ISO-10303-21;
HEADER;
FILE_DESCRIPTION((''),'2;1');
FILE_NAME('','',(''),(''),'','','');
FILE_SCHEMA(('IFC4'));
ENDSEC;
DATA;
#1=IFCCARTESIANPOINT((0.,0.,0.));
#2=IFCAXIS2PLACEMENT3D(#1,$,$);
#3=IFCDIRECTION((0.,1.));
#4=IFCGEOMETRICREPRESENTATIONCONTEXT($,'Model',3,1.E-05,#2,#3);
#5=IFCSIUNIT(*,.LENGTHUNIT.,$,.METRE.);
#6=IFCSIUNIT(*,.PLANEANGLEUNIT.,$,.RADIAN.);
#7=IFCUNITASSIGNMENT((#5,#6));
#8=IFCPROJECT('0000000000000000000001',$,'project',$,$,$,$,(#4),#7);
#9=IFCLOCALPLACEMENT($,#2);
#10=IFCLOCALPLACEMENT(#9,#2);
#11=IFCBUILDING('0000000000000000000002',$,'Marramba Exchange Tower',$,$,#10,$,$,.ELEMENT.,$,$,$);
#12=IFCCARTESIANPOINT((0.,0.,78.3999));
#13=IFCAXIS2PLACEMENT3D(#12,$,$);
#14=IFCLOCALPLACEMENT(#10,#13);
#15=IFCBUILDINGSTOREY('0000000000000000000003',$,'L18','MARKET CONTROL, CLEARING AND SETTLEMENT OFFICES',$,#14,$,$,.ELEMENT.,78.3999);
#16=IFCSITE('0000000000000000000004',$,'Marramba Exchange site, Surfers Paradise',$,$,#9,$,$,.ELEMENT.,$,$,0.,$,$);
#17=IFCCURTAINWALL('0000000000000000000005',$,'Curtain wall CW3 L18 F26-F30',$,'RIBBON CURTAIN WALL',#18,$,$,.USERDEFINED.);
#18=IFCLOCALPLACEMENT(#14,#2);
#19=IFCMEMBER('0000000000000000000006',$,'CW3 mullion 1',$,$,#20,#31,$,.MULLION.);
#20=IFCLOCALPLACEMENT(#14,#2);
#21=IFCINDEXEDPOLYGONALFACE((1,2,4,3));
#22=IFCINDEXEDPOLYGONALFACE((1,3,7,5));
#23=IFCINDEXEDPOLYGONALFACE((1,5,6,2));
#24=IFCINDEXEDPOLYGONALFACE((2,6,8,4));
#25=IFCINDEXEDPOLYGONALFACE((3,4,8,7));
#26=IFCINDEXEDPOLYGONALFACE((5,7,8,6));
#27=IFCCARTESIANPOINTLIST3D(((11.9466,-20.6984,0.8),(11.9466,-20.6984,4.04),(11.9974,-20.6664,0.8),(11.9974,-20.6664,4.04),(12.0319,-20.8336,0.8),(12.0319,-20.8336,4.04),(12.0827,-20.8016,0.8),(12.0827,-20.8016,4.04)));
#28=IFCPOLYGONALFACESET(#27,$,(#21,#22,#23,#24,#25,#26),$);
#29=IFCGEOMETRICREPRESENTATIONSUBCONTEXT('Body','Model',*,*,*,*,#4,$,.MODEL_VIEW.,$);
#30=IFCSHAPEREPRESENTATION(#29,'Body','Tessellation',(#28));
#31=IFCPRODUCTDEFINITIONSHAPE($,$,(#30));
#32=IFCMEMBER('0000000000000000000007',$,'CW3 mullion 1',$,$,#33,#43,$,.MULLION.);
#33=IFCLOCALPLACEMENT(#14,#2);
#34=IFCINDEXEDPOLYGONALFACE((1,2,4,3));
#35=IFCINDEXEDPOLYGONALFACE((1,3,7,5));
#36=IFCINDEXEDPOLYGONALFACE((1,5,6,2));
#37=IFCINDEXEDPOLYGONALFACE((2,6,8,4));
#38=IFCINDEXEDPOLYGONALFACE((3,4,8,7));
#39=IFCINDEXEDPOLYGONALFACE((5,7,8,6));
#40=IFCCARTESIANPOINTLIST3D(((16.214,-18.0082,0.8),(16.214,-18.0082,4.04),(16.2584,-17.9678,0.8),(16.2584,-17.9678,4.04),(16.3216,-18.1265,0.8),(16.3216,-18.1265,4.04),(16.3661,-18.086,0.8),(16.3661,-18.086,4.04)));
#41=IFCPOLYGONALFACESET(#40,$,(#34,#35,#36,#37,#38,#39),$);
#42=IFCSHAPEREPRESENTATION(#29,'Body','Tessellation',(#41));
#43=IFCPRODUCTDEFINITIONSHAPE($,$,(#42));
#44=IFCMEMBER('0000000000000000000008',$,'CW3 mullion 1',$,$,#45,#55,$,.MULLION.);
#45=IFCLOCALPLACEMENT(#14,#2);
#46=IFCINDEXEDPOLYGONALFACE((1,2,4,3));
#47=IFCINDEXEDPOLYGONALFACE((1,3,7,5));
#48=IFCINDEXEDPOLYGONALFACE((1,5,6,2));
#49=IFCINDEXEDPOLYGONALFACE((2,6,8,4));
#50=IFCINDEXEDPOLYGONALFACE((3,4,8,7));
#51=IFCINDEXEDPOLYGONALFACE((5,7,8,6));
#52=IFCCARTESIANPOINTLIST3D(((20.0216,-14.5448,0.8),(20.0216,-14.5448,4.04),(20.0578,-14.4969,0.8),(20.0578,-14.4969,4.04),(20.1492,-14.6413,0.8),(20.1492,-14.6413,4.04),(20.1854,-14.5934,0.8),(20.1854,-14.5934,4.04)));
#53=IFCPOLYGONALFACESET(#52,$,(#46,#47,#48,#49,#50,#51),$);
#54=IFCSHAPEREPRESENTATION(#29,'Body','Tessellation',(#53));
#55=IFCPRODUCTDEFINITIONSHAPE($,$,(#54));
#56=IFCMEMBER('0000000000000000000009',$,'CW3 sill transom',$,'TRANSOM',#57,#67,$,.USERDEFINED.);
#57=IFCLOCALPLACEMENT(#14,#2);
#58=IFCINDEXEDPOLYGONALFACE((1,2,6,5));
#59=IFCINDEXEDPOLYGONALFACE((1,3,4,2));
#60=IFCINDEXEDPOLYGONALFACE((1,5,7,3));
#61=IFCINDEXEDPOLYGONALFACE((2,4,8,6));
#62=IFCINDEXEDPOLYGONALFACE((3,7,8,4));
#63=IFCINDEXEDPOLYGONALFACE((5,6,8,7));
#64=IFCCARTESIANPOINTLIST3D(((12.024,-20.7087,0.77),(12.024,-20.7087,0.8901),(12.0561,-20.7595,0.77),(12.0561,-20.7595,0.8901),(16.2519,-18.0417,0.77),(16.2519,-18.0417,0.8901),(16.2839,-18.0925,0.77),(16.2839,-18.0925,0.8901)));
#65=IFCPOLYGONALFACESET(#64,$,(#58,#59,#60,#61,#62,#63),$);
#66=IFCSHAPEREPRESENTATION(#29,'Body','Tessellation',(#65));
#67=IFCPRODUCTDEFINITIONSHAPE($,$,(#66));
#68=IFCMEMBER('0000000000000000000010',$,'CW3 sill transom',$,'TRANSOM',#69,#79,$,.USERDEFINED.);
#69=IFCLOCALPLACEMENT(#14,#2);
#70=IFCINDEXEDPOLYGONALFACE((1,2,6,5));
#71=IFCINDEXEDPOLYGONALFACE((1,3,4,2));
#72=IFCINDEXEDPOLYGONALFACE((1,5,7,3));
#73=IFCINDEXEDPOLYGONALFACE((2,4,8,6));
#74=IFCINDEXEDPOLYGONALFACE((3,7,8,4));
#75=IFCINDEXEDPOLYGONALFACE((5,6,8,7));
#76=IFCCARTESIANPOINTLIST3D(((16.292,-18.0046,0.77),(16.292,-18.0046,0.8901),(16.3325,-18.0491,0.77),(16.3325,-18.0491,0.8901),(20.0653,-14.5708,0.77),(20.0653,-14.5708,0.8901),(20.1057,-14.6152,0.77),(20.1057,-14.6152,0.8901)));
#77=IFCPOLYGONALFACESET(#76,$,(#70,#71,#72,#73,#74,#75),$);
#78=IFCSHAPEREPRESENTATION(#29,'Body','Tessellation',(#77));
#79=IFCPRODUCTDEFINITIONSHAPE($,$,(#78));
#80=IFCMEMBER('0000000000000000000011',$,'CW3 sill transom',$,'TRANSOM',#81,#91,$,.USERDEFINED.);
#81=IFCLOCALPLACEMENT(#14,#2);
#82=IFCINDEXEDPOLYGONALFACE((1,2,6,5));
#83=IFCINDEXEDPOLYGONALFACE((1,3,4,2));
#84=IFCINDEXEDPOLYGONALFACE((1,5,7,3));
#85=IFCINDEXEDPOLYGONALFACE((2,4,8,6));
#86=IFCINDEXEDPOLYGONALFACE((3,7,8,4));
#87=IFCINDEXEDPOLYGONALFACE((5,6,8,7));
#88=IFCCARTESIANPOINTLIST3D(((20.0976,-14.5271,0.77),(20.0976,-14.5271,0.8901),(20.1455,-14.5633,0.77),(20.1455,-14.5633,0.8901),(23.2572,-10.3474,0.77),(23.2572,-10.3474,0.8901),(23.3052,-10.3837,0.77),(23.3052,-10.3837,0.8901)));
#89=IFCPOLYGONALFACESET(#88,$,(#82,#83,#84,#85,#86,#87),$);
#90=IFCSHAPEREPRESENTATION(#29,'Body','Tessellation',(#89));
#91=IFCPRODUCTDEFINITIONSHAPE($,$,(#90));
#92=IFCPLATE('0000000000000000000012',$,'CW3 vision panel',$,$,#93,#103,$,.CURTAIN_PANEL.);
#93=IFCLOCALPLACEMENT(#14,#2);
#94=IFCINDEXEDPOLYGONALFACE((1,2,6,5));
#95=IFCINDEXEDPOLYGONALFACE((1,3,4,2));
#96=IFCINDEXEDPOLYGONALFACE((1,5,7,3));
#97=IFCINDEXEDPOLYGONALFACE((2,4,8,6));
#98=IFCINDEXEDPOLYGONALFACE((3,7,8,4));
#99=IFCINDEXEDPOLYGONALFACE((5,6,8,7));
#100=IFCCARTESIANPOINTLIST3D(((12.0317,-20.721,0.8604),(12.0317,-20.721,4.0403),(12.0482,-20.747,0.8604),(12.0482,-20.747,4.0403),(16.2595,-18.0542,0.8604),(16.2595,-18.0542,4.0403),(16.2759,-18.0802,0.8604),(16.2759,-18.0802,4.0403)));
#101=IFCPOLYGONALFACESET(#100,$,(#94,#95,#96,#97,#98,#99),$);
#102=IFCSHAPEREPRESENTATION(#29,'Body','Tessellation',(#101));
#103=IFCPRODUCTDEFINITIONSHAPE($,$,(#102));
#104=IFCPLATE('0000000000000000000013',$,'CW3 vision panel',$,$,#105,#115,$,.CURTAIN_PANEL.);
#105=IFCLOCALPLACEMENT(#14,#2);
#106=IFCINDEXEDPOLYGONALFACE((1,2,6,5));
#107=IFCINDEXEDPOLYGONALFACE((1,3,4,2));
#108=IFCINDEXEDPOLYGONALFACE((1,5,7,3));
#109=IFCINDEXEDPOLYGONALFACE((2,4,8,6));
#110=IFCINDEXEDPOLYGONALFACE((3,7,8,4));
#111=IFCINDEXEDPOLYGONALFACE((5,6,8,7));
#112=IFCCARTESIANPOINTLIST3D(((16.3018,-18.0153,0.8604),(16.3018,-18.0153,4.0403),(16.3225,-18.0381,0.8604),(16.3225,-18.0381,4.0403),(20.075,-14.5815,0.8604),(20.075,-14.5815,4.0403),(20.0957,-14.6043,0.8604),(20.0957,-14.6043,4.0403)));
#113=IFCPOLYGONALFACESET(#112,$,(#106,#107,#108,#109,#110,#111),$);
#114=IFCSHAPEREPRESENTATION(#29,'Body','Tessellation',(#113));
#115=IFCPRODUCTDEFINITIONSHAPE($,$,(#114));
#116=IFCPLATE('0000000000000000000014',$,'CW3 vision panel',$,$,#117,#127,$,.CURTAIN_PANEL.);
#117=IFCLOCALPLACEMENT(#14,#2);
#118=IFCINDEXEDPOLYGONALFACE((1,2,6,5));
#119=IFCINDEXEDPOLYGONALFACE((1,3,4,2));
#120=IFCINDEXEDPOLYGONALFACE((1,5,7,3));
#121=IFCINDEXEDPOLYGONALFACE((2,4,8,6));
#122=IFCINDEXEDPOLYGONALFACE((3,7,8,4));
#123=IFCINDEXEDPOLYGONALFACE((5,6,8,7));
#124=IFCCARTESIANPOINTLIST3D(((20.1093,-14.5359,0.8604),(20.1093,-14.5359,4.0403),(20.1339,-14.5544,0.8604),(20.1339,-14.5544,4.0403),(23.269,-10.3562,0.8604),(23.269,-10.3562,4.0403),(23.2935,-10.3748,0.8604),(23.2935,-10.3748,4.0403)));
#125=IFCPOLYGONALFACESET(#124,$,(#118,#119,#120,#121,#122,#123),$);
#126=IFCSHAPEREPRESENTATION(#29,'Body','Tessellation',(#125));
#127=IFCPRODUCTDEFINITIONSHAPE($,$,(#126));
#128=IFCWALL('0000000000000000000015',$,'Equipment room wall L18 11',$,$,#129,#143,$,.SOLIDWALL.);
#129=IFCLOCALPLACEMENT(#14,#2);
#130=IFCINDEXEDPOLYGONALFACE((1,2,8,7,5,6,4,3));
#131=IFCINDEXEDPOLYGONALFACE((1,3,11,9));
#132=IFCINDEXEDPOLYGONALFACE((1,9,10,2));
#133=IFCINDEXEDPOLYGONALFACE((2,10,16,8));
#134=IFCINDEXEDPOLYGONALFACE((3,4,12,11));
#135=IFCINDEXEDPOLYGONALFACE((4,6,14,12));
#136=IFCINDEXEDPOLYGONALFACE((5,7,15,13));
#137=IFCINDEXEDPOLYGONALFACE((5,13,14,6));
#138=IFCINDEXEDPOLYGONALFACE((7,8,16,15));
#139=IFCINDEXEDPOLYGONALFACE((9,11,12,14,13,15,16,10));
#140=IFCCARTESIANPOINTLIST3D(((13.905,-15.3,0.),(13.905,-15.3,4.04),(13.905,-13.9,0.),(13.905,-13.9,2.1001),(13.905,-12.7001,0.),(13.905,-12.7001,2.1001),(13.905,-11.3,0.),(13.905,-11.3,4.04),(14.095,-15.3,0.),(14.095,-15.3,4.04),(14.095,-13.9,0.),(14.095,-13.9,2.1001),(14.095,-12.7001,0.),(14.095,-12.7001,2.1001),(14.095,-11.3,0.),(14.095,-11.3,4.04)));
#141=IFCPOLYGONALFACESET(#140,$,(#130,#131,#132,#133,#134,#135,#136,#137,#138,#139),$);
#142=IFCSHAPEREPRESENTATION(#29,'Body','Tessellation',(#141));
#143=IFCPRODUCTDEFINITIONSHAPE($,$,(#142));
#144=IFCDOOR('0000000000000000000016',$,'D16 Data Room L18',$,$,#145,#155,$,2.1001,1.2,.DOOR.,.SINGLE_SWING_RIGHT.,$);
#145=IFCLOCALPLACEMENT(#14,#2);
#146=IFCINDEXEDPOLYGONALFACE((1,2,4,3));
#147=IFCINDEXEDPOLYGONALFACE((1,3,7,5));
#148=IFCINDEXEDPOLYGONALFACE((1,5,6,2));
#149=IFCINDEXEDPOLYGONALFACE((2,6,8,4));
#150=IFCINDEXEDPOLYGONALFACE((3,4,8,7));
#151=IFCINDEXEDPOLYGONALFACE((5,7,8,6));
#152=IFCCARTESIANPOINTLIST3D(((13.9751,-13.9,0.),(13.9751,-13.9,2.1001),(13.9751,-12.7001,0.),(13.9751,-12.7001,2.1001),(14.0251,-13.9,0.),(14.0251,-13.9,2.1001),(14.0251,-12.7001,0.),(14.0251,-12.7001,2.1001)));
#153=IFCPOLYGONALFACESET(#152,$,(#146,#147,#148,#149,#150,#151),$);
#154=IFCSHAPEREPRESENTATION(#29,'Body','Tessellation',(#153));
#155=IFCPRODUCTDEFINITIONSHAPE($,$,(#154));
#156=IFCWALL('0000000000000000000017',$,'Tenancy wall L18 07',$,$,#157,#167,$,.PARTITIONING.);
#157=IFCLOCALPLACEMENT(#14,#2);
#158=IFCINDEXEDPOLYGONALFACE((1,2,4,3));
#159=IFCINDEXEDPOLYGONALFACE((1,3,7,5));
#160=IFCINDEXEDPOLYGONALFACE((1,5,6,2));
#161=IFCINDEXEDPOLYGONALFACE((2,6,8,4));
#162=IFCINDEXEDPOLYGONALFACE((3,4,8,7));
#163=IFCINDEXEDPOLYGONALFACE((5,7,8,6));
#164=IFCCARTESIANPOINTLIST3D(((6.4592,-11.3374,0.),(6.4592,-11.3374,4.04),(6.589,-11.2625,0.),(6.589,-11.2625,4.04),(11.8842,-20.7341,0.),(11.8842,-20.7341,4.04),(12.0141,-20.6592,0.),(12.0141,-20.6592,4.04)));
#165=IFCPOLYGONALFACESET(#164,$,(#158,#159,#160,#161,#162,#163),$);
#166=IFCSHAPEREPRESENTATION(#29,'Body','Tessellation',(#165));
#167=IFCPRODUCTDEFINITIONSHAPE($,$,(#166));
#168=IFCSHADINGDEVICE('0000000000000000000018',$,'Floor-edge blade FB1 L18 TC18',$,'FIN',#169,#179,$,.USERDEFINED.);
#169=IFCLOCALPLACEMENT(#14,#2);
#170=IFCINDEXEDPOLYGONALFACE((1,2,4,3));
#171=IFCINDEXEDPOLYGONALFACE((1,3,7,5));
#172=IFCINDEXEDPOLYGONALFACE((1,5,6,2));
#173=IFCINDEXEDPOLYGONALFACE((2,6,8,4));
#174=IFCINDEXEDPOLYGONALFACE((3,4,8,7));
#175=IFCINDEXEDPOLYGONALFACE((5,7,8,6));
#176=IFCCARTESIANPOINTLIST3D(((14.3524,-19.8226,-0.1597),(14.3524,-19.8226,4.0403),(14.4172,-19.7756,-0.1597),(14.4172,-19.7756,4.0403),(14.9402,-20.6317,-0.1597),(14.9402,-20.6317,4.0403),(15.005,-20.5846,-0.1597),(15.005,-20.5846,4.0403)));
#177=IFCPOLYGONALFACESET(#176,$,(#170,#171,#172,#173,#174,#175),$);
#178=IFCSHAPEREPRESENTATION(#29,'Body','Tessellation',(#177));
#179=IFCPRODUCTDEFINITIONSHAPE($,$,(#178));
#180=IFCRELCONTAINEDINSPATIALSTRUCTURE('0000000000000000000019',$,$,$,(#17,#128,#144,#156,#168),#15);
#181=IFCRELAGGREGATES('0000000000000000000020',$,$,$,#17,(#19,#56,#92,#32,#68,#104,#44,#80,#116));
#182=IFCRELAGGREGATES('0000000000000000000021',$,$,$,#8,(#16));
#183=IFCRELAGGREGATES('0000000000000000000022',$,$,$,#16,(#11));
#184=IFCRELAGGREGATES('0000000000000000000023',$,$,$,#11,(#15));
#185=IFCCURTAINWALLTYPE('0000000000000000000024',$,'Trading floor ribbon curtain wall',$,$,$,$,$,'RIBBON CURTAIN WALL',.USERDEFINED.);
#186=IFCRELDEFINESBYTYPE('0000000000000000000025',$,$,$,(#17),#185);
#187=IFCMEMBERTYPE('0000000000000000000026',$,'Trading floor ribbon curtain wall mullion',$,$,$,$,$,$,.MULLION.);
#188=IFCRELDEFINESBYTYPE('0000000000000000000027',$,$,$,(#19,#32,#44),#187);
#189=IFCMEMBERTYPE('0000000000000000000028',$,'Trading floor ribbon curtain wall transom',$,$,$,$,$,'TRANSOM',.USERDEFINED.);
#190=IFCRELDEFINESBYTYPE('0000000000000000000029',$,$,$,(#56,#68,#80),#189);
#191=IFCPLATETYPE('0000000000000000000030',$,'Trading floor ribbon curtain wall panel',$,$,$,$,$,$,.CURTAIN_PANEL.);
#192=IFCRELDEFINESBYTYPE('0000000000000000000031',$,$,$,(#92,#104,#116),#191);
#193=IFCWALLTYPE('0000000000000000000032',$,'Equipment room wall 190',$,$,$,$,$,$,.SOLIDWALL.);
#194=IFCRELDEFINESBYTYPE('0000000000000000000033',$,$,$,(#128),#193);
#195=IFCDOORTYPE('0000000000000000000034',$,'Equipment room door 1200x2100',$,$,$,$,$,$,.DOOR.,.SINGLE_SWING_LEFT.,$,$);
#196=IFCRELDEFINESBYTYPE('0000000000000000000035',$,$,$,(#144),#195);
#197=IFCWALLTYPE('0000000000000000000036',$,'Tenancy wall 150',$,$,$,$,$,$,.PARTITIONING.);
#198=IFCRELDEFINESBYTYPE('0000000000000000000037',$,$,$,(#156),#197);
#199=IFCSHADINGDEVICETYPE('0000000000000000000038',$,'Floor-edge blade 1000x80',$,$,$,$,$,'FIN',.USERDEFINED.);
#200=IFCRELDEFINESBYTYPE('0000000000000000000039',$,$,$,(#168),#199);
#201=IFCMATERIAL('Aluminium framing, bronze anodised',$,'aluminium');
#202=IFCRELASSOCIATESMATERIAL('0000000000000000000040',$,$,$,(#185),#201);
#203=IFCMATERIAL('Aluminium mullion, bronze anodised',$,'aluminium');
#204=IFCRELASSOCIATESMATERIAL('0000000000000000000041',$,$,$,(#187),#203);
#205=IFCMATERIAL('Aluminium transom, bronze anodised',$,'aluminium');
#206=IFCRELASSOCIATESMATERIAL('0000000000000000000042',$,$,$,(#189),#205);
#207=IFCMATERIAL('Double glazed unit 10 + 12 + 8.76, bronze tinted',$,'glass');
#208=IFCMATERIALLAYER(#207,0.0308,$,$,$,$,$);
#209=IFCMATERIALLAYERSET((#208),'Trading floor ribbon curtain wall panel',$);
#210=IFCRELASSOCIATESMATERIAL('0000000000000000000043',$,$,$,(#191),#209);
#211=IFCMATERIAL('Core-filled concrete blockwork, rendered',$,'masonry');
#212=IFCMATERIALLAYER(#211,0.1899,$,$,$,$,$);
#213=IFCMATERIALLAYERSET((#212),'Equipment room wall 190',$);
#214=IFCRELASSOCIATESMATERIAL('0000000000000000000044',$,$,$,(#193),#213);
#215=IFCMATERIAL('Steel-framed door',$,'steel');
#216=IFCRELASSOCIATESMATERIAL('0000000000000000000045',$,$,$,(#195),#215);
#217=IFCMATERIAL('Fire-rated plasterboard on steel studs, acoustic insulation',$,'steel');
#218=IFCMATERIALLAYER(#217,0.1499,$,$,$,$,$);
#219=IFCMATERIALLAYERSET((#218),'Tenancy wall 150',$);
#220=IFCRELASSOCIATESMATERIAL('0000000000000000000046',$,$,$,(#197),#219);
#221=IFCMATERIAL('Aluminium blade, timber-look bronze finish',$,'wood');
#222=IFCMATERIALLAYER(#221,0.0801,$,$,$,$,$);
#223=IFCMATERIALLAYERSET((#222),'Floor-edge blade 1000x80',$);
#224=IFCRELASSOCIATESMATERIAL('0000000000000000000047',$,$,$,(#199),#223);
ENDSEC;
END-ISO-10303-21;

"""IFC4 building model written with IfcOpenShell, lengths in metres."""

from ifc_helpers import new_model, si_unit, direction, frame, frame_2d, origin, origin_2d, place, context, subcontext, project, spatial, rectangle, extrude, material, layer, layer_set, material_profile, profile_set, type_object, element, fill, aggregate, save


model = new_model("IFC4")

# Units and contexts
model_context = context("Model", 3, precision=1e-05, world=origin(), true_north=direction((0.0, 1.0)))
body_context = subcontext(model_context, "Body", "Model", "MODEL_VIEW")
ifc_project = project(units=[si_unit("LENGTHUNIT", "METRE"), si_unit("PLANEANGLEUNIT", "RADIAN")], contexts=[model_context])

# Site, building, storey
site_placement = place(None, origin())
site = spatial("IfcSite", under=ifc_project, at=site_placement, Name="Marramba Exchange site, Surfers Paradise", CompositionType="ELEMENT", RefElevation=0.0)
building_placement = place(site_placement, origin())
building = spatial("IfcBuilding", under=site, at=building_placement, Name="Marramba Exchange Tower", CompositionType="ELEMENT")
storey_placement = place(building_placement, frame((0.0, 0.0, 78.3999)))
storey = spatial("IfcBuildingStorey", under=building, at=storey_placement, Name="L18", Description="MARKET CONTROL, CLEARING AND SETTLEMENT OFFICES", CompositionType="ELEMENT", Elevation=78.3999)

# Curtain wall, members, plates
ifc_material_1 = material(Name="Aluminium framing, bronze anodised", Category="aluminium")
curtain_wall_type = type_object("IfcCurtainWallType", Name="Trading floor ribbon curtain wall", ElementType="RIBBON CURTAIN WALL", PredefinedType="USERDEFINED", material=ifc_material_1)
curtain_wall_placement = place(storey_placement, origin())
curtain_wall = element("IfcCurtainWall", 1, at=curtain_wall_placement, inside=storey, type_object=curtain_wall_type, Name="Curtain wall CW3 L18 F26-F30", ObjectType="RIBBON CURTAIN WALL", PredefinedType="USERDEFINED")
ifc_material_2 = material(Name="Aluminium mullion, bronze anodised", Category="aluminium")
ifc_material_profile_1 = material_profile(ifc_material_2, rectangle(XDim=0.1599, YDim=0.0601, at=origin_2d()), Name="CW3 mullion 60x160")
ifc_profile_set_1 = profile_set([ifc_material_profile_1], Name="Aluminium mullion, bronze anodised")
member_type_1 = type_object("IfcMemberType", Name="Trading floor ribbon curtain wall mullion", PredefinedType="MULLION", material=ifc_profile_set_1)
member_1_placement = place(storey_placement, frame((12.0146, -20.75, 0.8), z_axis=(0.0, 0.0, 1.0), x_axis=(-0.533515, 0.845791, 0.0)))
member_1 = element("IfcMember", 2, at=member_1_placement, type_object=member_type_1, Name="CW3 mullion 1", PredefinedType="MULLION", context=body_context, shape_type="SweptSolid", body=[
    extrude(rectangle(XDim=0.1599, YDim=0.0601, at=origin_2d()), origin(), (0.0, 0.0, 1.0), 3.24),
])
member_2_placement = place(storey_placement, frame((16.29, -18.0471, 0.8), z_axis=(0.0, 0.0, 1.0), x_axis=(-0.673058, 0.73959, 0.0)))
member_2 = element("IfcMember", 3, at=member_2_placement, type_object=member_type_1, Name="CW3 mullion 1", PredefinedType="MULLION", context=body_context, shape_type="SweptSolid", body=[
    extrude(rectangle(XDim=0.1599, YDim=0.0601, at=origin_2d()), origin(), (0.0, 0.0, 1.0), 3.24),
])
member_3_placement = place(storey_placement, frame((20.1035, -14.5691, 0.8), z_axis=(0.0, 0.0, 1.0), x_axis=(-0.797711, 0.60304, 0.0)))
member_3 = element("IfcMember", 4, at=member_3_placement, type_object=member_type_1, Name="CW3 mullion 1", PredefinedType="MULLION", context=body_context, shape_type="SweptSolid", body=[
    extrude(rectangle(XDim=0.1599, YDim=0.0601, at=origin_2d()), origin(), (0.0, 0.0, 1.0), 3.24),
])
ifc_material_3 = material(Name="Aluminium transom, bronze anodised", Category="aluminium")
ifc_material_profile_2 = material_profile(ifc_material_3, rectangle(XDim=0.0601, YDim=0.1201, at=origin_2d()), Name="CW3 transom 60x120")
ifc_profile_set_2 = profile_set([ifc_material_profile_2], Name="Aluminium transom, bronze anodised")
member_type_2 = type_object("IfcMemberType", Name="Trading floor ribbon curtain wall transom", ElementType="TRANSOM", PredefinedType="USERDEFINED", material=ifc_profile_set_2)
member_4_placement = place(storey_placement, frame((12.04, -20.7341, 0.8301), z_axis=(0.845777, 0.533537, 0.0), x_axis=(-0.533537, 0.845777, 0.0)))
member_4 = element("IfcMember", 5, at=member_4_placement, type_object=member_type_2, Name="CW3 sill transom", ObjectType="TRANSOM", PredefinedType="USERDEFINED", context=body_context, shape_type="SweptSolid", body=[
    extrude(rectangle(XDim=0.0601, YDim=0.1201, at=origin_2d()), origin(), (0.0, 0.0, 1.0), 4.9988),
])
member_5_placement = place(storey_placement, frame((16.3123, -18.0269, 0.8301), z_axis=(0.739583, 0.673066, 0.0), x_axis=(-0.673066, 0.739583, 0.0)))
member_5 = element("IfcMember", 6, at=member_5_placement, type_object=member_type_2, Name="CW3 sill transom", ObjectType="TRANSOM", PredefinedType="USERDEFINED", context=body_context, shape_type="SweptSolid", body=[
    extrude(rectangle(XDim=0.0601, YDim=0.1201, at=origin_2d()), origin(), (0.0, 0.0, 1.0), 5.1018),
])
member_6_placement = place(storey_placement, frame((20.1216, -14.5452, 0.8301), z_axis=(0.603037, 0.797713, 0.0), x_axis=(-0.797713, 0.603037, 0.0)))
member_6 = element("IfcMember", 7, at=member_6_placement, type_object=member_type_2, Name="CW3 sill transom", ObjectType="TRANSOM", PredefinedType="USERDEFINED", context=body_context, shape_type="SweptSolid", body=[
    extrude(rectangle(XDim=0.0601, YDim=0.1201, at=origin_2d()), origin(), (0.0, 0.0, 1.0), 5.2395),
])
ifc_material_4 = material(Name="Double glazed unit 10 + 12 + 8.76, bronze tinted", Category="glass")
ifc_layer_1 = layer(ifc_material_4, 0.0308)
ifc_layer_set_1 = layer_set([ifc_layer_1], Name="Trading floor ribbon curtain wall panel")
plate_type = type_object("IfcPlateType", Name="Trading floor ribbon curtain wall panel", PredefinedType="CURTAIN_PANEL", material=ifc_layer_set_1)
plate_1_placement = place(storey_placement, frame((14.1538, -19.4006, 0.8604), z_axis=(0.0, 0.0, 1.0), x_axis=(0.845791, 0.533515, 0.0)))
plate_1 = element("IfcPlate", 8, at=plate_1_placement, type_object=plate_type, Name="CW3 vision panel", PredefinedType="CURTAIN_PANEL", context=body_context, shape_type="SweptSolid", body=[
    extrude(rectangle(XDim=4.9985, YDim=0.0308, at=origin_2d()), origin(), (0.0, 0.0, 1.0), 3.1799),
])
plate_2_placement = place(storey_placement, frame((18.1987, -16.3098, 0.8604), z_axis=(0.0, 0.0, 1.0), x_axis=(0.73959, 0.673058, 0.0)))
plate_2 = element("IfcPlate", 9, at=plate_2_placement, type_object=plate_type, Name="CW3 vision panel", PredefinedType="CURTAIN_PANEL", context=body_context, shape_type="SweptSolid", body=[
    extrude(rectangle(XDim=5.1018, YDim=0.0308, at=origin_2d()), origin(), (0.0, 0.0, 1.0), 3.1799),
])
plate_3_placement = place(storey_placement, frame((21.7014, -12.4553, 0.8604), z_axis=(0.0, 0.0, 1.0), x_axis=(0.60304, 0.797711, 0.0)))
plate_3 = element("IfcPlate", 10, at=plate_3_placement, type_object=plate_type, Name="CW3 vision panel", PredefinedType="CURTAIN_PANEL", context=body_context, shape_type="SweptSolid", body=[
    extrude(rectangle(XDim=5.2395, YDim=0.0308, at=origin_2d()), origin(), (0.0, 0.0, 1.0), 3.1799),
])
aggregate(curtain_wall, [member_1, member_4, plate_1, member_2, member_5, plate_2, member_3, member_6, plate_3])

# Wall, opening, door
ifc_material_5 = material(Name="Core-filled concrete blockwork, rendered", Category="masonry")
ifc_layer_2 = layer(ifc_material_5, 0.1899)
ifc_layer_set_2 = layer_set([ifc_layer_2], Name="Equipment room wall 190")
wall_type_1 = type_object("IfcWallType", Name="Equipment room wall 190", PredefinedType="SOLIDWALL", material=ifc_layer_set_2)
wall_1_placement = place(storey_placement, frame((14.0, -15.3, 0.0), z_axis=(0.0, 0.0, 1.0), x_axis=(0.0, 1.0, 0.0)))
wall_1 = element("IfcWall", 11, at=wall_1_placement, inside=storey, type_object=wall_type_1, Name="Equipment room wall L18 11", PredefinedType="SOLIDWALL", context=body_context, shape_type="SweptSolid", body=[
    extrude(rectangle(XDim=4.0, YDim=0.1899, at=frame_2d((2.0, 0.0))), origin(), (0.0, 0.0, 1.0), 4.04),
])
opening_placement = place(wall_1_placement, frame((1.3999, 0.0, 0.0)))
opening = element("IfcOpeningElement", 12, at=opening_placement, cuts=wall_1, PredefinedType="OPENING", context=body_context, shape_type="SweptSolid", body=[
    extrude(rectangle(XDim=1.2, YDim=2.1001, at=frame_2d((0.6001, 1.05))), frame((0.0, 0.105, 0.0), z_axis=(0.0, -1.0, 0.0), x_axis=(1.0, 0.0, 0.0)), (0.0, 0.0, 1.0), 0.21),
])
ifc_material_6 = material(Name="Steel-framed door", Category="steel")
door_type = type_object("IfcDoorType", Name="Equipment room door 1200x2100", OperationType="SINGLE_SWING_LEFT", PredefinedType="DOOR", material=ifc_material_6)
door_placement = place(opening_placement, origin())
door = element("IfcDoor", 13, at=door_placement, inside=storey, type_object=door_type, Name="D16 Data Room L18", OperationType="SINGLE_SWING_RIGHT", OverallHeight=2.1001, OverallWidth=1.2, PredefinedType="DOOR", context=body_context, shape_type="SweptSolid", body=[
    extrude(rectangle(XDim=1.2, YDim=2.1001, at=frame_2d((0.6001, 1.05))), frame((0.0, 0.0249, 0.0), z_axis=(0.0, -1.0, 0.0), x_axis=(1.0, 0.0, 0.0)), (0.0, 0.0, 1.0), 0.05),
])
fill(opening, door)

# Wall
ifc_material_7 = material(Name="Fire-rated plasterboard on steel studs, acoustic insulation", Category="steel")
ifc_layer_3 = layer(ifc_material_7, 0.1499)
ifc_layer_set_3 = layer_set([ifc_layer_3], Name="Tenancy wall 150")
wall_type_2 = type_object("IfcWallType", Name="Tenancy wall 150", PredefinedType="PARTITIONING", material=ifc_layer_set_3)
wall_2_placement = place(storey_placement, frame((11.9492, -20.6968, 0.0), z_axis=(0.0, 0.0, 1.0), x_axis=(-0.499989, 0.866032, 0.0)))
element("IfcWall", 14, at=wall_2_placement, inside=storey, type_object=wall_type_2, Name="Tenancy wall L18 07", PredefinedType="PARTITIONING", context=body_context, shape_type="SweptSolid", body=[
    extrude(rectangle(XDim=10.8503, YDim=0.1499, at=frame_2d((5.4253, 0.0))), origin(), (0.0, 0.0, 1.0), 4.04),
])

# Shading device
ifc_material_8 = material(Name="Aluminium blade, timber-look bronze finish", Category="wood")
ifc_layer_4 = layer(ifc_material_8, 0.0801)
ifc_layer_set_4 = layer_set([ifc_layer_4], Name="Floor-edge blade 1000x80")
shading_device_type_1 = type_object("IfcShadingDeviceType", Name="Floor-edge blade 1000x80", ElementType="FIN", PredefinedType="USERDEFINED", material=ifc_layer_set_4)
for number, where, z_axis, x_axis, name in (
    (15, (14.6787, -20.2036, -0.1597), (0.0, 0.0, 1.0), (0.587785, -0.809017, 0.0), "Floor-edge blade FB1 L18 TC18"),
):
    element("IfcShadingDevice", number, at=place(storey_placement, frame(where, z_axis=z_axis, x_axis=x_axis)), inside=storey, type_object=shading_device_type_1, Name=name, ObjectType="FIN", PredefinedType="USERDEFINED", context=body_context, shape_type="SweptSolid", body=[
        extrude(rectangle(XDim=1.0, YDim=0.0801, at=origin_2d()), origin(), (0.0, 0.0, 1.0), 4.2),
    ])

save(model, "model.ifc")
